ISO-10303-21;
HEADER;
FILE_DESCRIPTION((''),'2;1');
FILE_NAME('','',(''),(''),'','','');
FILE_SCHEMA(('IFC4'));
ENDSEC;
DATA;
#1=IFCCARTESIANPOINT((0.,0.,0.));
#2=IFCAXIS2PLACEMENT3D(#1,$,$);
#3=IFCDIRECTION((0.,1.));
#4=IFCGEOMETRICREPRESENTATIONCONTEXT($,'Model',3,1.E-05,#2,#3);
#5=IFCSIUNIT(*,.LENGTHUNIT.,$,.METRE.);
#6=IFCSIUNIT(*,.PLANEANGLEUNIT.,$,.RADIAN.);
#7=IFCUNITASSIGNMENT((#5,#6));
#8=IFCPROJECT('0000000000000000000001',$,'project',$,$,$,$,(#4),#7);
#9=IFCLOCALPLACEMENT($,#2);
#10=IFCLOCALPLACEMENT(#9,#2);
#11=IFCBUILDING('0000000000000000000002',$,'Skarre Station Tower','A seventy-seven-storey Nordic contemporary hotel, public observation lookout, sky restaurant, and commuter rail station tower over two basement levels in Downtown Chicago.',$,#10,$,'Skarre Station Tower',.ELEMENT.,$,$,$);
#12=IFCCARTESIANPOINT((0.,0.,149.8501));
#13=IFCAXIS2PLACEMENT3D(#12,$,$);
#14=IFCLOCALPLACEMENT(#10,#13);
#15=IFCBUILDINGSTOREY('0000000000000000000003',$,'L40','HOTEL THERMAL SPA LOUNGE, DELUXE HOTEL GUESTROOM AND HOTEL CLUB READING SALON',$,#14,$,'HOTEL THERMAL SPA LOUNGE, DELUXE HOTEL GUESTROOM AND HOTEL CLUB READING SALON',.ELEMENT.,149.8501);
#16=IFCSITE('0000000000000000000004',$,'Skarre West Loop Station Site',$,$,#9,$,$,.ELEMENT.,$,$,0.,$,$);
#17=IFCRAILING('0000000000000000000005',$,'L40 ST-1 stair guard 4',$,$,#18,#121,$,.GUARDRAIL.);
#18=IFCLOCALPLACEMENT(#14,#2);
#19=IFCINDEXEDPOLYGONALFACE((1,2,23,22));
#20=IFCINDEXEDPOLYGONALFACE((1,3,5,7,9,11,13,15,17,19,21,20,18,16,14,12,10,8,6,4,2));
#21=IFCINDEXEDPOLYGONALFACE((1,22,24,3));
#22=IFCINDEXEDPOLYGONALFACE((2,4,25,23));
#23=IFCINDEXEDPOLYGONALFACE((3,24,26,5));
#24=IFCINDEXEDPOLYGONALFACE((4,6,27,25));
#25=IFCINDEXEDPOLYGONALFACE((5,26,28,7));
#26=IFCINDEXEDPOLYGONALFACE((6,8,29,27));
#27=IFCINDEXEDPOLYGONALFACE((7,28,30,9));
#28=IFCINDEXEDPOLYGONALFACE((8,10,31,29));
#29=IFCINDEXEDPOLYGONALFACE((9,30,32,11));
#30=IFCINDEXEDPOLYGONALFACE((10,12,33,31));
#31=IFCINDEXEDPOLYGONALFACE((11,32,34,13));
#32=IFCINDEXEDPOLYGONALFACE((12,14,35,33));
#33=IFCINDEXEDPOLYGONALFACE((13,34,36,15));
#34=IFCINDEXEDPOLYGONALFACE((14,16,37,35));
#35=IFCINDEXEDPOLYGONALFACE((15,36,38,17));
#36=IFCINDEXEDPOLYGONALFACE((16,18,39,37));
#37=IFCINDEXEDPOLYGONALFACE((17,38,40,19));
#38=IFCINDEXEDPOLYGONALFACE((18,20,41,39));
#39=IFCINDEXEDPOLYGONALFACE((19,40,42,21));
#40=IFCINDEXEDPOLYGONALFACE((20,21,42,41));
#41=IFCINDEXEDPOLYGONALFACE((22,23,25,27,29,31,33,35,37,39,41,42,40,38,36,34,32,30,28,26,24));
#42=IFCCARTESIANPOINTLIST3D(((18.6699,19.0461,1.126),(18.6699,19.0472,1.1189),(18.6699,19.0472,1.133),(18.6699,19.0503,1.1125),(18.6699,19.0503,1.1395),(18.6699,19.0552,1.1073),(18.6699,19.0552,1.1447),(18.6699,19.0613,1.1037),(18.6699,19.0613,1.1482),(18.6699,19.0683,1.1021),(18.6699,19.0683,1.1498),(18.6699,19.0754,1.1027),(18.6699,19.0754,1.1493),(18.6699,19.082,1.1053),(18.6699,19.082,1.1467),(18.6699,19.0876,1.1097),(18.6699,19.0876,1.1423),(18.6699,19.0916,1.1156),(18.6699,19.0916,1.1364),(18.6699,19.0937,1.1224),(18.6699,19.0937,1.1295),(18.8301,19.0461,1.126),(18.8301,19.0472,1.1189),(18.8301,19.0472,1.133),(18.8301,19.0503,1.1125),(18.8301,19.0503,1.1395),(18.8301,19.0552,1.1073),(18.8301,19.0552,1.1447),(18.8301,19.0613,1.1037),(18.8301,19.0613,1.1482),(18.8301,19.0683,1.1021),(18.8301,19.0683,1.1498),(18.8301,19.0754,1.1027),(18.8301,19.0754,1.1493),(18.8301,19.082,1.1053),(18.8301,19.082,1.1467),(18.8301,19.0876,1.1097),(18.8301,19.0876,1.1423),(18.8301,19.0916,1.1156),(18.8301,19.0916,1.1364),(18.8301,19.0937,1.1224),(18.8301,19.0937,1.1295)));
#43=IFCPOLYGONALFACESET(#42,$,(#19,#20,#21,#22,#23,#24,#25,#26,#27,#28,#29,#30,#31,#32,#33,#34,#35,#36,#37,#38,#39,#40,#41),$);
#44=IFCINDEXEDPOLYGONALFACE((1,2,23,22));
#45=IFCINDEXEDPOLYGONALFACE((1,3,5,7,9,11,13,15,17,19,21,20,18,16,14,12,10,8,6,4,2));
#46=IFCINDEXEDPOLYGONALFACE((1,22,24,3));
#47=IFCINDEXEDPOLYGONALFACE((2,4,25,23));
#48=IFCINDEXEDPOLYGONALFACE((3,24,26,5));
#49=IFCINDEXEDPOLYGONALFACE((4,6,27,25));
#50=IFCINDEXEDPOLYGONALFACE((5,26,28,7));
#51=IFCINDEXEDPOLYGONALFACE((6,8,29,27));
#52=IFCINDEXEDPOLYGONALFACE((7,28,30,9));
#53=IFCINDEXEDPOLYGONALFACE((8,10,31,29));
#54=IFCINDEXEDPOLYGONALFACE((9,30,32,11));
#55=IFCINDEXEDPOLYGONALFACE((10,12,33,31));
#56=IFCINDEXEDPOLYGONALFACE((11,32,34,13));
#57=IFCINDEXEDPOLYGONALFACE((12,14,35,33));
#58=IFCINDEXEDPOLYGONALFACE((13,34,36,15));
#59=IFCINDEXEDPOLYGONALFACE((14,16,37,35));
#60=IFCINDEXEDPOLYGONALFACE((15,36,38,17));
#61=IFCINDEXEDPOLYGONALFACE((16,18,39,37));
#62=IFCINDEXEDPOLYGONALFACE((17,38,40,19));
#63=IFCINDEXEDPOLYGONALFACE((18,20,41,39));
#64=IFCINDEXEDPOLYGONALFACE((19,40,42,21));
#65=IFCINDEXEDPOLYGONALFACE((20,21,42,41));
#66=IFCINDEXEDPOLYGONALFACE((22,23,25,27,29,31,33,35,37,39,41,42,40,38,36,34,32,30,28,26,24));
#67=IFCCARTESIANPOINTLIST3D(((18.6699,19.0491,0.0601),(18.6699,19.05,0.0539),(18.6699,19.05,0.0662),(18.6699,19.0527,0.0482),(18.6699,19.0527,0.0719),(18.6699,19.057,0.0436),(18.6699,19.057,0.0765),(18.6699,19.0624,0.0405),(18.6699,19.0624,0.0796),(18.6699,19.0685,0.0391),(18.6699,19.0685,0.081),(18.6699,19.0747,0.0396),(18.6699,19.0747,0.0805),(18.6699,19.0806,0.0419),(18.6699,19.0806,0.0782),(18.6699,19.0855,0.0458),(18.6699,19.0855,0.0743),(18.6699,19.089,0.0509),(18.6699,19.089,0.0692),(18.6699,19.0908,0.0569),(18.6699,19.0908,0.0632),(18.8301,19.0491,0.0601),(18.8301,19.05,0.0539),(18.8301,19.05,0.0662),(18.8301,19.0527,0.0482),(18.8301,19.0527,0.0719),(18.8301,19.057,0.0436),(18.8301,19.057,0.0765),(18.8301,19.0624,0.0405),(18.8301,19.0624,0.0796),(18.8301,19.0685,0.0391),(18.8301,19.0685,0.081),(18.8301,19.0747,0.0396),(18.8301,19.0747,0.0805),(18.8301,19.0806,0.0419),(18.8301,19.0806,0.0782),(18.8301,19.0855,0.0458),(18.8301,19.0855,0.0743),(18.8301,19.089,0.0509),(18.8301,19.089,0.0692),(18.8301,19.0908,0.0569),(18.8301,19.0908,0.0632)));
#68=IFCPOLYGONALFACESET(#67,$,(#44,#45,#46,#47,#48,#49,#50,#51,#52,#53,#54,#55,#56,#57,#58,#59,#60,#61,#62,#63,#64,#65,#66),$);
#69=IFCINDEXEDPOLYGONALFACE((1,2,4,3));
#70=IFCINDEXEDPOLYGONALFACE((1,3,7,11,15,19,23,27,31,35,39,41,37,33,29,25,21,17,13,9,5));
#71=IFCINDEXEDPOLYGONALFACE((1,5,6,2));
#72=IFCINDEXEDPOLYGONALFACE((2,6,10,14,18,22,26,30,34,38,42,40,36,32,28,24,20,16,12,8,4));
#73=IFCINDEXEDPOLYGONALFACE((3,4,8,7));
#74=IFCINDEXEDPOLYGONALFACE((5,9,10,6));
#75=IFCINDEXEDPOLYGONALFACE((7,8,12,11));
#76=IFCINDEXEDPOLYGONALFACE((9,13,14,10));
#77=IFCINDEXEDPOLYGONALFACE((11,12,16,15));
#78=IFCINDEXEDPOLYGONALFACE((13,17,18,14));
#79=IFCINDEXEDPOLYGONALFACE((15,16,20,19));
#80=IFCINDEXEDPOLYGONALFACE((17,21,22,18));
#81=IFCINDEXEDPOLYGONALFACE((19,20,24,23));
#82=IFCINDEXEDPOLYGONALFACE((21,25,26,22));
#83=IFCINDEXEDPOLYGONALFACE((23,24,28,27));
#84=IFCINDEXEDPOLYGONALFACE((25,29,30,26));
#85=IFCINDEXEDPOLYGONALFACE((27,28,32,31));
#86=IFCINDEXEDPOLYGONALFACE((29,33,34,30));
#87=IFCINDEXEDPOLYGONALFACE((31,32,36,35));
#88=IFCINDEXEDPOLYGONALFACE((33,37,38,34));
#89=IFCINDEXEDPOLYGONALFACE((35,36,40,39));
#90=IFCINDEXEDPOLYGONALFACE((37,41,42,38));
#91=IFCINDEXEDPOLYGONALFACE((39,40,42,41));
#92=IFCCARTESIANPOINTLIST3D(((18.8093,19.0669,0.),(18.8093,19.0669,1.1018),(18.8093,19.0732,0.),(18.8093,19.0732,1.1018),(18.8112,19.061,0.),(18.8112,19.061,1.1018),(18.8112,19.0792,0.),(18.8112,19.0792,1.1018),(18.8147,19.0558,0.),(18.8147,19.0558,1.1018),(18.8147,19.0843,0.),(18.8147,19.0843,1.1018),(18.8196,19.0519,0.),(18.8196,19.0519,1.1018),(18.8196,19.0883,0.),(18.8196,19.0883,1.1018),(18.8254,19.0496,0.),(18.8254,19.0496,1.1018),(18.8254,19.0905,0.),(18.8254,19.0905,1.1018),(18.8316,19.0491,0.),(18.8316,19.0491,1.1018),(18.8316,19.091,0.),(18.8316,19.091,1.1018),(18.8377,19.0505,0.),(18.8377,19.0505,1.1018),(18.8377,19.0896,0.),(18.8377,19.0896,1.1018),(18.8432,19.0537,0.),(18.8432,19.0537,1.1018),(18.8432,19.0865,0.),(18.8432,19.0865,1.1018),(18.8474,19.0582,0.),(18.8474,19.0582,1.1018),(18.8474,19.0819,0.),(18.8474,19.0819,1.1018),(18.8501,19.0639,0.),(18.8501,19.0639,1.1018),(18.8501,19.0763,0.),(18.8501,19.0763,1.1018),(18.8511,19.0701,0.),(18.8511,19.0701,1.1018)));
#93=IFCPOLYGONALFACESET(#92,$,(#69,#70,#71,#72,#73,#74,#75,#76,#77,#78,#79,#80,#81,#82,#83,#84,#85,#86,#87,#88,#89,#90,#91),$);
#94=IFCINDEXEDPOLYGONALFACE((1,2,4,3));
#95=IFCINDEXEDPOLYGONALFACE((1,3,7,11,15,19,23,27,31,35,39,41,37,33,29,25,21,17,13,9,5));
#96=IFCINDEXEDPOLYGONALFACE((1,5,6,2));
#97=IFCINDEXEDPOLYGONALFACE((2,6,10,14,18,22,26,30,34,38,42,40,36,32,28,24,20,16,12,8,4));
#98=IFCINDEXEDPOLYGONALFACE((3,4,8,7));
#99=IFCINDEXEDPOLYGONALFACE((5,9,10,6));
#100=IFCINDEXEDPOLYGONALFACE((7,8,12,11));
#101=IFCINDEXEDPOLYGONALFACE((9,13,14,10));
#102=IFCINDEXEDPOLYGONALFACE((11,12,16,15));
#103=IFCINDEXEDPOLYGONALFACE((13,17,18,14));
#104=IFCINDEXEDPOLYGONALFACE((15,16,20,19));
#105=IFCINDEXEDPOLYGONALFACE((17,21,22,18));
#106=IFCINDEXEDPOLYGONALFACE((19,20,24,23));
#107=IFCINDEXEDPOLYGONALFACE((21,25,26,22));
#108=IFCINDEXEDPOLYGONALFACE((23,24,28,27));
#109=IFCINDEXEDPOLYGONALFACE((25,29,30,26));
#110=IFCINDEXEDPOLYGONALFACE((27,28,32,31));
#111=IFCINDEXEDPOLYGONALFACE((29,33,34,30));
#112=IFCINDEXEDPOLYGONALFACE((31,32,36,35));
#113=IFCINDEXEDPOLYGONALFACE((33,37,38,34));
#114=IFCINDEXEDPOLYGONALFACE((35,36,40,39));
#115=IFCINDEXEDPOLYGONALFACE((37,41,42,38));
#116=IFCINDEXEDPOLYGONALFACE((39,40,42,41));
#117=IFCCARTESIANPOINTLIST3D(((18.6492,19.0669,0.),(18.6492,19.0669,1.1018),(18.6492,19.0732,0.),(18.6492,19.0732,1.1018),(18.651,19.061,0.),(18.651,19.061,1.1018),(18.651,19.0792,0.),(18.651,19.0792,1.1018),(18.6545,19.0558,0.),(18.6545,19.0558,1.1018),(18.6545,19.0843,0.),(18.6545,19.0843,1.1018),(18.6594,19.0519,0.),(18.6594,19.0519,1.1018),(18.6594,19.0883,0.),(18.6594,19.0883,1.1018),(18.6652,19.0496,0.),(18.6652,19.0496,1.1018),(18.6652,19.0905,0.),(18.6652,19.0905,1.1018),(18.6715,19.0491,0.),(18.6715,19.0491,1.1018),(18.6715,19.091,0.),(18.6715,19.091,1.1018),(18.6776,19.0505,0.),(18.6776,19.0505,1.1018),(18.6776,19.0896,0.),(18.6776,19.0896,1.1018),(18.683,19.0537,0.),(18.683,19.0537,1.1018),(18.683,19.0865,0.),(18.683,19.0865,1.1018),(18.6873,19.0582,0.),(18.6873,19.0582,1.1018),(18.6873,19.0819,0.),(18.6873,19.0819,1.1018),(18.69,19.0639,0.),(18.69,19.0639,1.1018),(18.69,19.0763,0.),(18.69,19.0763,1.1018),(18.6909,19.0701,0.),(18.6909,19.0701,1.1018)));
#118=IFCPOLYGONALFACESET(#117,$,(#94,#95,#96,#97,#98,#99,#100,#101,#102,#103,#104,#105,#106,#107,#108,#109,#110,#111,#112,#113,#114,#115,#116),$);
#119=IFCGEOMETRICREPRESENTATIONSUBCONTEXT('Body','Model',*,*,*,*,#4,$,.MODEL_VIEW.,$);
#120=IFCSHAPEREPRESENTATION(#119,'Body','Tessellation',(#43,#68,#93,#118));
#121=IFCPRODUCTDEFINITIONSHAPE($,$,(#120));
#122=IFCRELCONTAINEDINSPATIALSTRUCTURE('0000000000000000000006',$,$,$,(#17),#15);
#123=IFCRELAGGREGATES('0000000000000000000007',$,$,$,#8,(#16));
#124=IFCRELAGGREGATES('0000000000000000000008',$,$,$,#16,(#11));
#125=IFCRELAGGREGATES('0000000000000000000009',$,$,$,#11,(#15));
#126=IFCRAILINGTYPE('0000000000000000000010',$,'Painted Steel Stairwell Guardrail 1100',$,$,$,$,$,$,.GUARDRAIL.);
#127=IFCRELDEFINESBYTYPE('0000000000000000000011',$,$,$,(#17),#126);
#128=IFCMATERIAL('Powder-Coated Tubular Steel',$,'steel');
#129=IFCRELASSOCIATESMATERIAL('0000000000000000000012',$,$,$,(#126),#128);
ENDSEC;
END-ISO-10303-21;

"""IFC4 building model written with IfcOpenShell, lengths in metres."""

from ifc_helpers import new_model, si_unit, direction, frame, origin, origin_2d, place, context, subcontext, project, spatial, circle, extrude, material, type_object, element, save


model = new_model("IFC4")

# Units and contexts
model_context = context("Model", 3, precision=1e-05, world=origin(), true_north=direction((0.0, 1.0)))
body_context = subcontext(model_context, "Body", "Model", "MODEL_VIEW")
ifc_project = project(units=[si_unit("LENGTHUNIT", "METRE"), si_unit("PLANEANGLEUNIT", "RADIAN")], contexts=[model_context])

# Site, building, storey
site_placement = place(None, origin())
site = spatial("IfcSite", under=ifc_project, at=site_placement, Name="Skarre West Loop Station Site", CompositionType="ELEMENT", RefElevation=0.0)
building_placement = place(site_placement, origin())
building = spatial("IfcBuilding", under=site, at=building_placement, Name="Skarre Station Tower", Description="A seventy-seven-storey Nordic contemporary hotel, public observation lookout, sky restaurant, and commuter rail station tower over two basement levels in Downtown Chicago.", LongName="Skarre Station Tower", CompositionType="ELEMENT")
storey_placement = place(building_placement, frame((0.0, 0.0, 149.8501)))
storey = spatial("IfcBuildingStorey", under=building, at=storey_placement, Name="L40", Description="HOTEL THERMAL SPA LOUNGE, DELUXE HOTEL GUESTROOM AND HOTEL CLUB READING SALON", LongName="HOTEL THERMAL SPA LOUNGE, DELUXE HOTEL GUESTROOM AND HOTEL CLUB READING SALON", CompositionType="ELEMENT", Elevation=149.8501)

# Railing
ifc_material_1 = material(Name="Powder-Coated Tubular Steel", Category="steel")
railing_type_1 = type_object("IfcRailingType", Name="Painted Steel Stairwell Guardrail 1100", PredefinedType="GUARDRAIL", material=ifc_material_1)
railing_1_placement = place(storey_placement, frame((18.8301, 19.0701, 0.0)))
element("IfcRailing", 1, at=railing_1_placement, inside=storey, type_object=railing_type_1, Name="L40 ST-1 stair guard 4", PredefinedType="GUARDRAIL", context=body_context, shape_type="SweptSolid", body=[
    extrude(circle(Radius=0.0239, at=origin_2d()), frame((0.0, 0.0, 1.126), z_axis=(-1.0, 0.0, 0.0), x_axis=(0.0, -1.0, 0.0)), (0.0, 0.0, 1.0), 0.1602),
    extrude(circle(Radius=0.021, at=origin_2d()), frame((0.0, 0.0, 0.0601), z_axis=(-1.0, 0.0, 0.0), x_axis=(0.0, -1.0, 0.0)), (0.0, 0.0, 1.0), 0.1602),
    extrude(circle(Radius=0.021, at=origin_2d()), origin(), (0.0, 0.0, 1.0), 1.1018),
    extrude(circle(Radius=0.021, at=origin_2d()), frame((-0.1602, 0.0, 0.0)), (0.0, 0.0, 1.0), 1.1018),
])

save(model, "model.ifc")
